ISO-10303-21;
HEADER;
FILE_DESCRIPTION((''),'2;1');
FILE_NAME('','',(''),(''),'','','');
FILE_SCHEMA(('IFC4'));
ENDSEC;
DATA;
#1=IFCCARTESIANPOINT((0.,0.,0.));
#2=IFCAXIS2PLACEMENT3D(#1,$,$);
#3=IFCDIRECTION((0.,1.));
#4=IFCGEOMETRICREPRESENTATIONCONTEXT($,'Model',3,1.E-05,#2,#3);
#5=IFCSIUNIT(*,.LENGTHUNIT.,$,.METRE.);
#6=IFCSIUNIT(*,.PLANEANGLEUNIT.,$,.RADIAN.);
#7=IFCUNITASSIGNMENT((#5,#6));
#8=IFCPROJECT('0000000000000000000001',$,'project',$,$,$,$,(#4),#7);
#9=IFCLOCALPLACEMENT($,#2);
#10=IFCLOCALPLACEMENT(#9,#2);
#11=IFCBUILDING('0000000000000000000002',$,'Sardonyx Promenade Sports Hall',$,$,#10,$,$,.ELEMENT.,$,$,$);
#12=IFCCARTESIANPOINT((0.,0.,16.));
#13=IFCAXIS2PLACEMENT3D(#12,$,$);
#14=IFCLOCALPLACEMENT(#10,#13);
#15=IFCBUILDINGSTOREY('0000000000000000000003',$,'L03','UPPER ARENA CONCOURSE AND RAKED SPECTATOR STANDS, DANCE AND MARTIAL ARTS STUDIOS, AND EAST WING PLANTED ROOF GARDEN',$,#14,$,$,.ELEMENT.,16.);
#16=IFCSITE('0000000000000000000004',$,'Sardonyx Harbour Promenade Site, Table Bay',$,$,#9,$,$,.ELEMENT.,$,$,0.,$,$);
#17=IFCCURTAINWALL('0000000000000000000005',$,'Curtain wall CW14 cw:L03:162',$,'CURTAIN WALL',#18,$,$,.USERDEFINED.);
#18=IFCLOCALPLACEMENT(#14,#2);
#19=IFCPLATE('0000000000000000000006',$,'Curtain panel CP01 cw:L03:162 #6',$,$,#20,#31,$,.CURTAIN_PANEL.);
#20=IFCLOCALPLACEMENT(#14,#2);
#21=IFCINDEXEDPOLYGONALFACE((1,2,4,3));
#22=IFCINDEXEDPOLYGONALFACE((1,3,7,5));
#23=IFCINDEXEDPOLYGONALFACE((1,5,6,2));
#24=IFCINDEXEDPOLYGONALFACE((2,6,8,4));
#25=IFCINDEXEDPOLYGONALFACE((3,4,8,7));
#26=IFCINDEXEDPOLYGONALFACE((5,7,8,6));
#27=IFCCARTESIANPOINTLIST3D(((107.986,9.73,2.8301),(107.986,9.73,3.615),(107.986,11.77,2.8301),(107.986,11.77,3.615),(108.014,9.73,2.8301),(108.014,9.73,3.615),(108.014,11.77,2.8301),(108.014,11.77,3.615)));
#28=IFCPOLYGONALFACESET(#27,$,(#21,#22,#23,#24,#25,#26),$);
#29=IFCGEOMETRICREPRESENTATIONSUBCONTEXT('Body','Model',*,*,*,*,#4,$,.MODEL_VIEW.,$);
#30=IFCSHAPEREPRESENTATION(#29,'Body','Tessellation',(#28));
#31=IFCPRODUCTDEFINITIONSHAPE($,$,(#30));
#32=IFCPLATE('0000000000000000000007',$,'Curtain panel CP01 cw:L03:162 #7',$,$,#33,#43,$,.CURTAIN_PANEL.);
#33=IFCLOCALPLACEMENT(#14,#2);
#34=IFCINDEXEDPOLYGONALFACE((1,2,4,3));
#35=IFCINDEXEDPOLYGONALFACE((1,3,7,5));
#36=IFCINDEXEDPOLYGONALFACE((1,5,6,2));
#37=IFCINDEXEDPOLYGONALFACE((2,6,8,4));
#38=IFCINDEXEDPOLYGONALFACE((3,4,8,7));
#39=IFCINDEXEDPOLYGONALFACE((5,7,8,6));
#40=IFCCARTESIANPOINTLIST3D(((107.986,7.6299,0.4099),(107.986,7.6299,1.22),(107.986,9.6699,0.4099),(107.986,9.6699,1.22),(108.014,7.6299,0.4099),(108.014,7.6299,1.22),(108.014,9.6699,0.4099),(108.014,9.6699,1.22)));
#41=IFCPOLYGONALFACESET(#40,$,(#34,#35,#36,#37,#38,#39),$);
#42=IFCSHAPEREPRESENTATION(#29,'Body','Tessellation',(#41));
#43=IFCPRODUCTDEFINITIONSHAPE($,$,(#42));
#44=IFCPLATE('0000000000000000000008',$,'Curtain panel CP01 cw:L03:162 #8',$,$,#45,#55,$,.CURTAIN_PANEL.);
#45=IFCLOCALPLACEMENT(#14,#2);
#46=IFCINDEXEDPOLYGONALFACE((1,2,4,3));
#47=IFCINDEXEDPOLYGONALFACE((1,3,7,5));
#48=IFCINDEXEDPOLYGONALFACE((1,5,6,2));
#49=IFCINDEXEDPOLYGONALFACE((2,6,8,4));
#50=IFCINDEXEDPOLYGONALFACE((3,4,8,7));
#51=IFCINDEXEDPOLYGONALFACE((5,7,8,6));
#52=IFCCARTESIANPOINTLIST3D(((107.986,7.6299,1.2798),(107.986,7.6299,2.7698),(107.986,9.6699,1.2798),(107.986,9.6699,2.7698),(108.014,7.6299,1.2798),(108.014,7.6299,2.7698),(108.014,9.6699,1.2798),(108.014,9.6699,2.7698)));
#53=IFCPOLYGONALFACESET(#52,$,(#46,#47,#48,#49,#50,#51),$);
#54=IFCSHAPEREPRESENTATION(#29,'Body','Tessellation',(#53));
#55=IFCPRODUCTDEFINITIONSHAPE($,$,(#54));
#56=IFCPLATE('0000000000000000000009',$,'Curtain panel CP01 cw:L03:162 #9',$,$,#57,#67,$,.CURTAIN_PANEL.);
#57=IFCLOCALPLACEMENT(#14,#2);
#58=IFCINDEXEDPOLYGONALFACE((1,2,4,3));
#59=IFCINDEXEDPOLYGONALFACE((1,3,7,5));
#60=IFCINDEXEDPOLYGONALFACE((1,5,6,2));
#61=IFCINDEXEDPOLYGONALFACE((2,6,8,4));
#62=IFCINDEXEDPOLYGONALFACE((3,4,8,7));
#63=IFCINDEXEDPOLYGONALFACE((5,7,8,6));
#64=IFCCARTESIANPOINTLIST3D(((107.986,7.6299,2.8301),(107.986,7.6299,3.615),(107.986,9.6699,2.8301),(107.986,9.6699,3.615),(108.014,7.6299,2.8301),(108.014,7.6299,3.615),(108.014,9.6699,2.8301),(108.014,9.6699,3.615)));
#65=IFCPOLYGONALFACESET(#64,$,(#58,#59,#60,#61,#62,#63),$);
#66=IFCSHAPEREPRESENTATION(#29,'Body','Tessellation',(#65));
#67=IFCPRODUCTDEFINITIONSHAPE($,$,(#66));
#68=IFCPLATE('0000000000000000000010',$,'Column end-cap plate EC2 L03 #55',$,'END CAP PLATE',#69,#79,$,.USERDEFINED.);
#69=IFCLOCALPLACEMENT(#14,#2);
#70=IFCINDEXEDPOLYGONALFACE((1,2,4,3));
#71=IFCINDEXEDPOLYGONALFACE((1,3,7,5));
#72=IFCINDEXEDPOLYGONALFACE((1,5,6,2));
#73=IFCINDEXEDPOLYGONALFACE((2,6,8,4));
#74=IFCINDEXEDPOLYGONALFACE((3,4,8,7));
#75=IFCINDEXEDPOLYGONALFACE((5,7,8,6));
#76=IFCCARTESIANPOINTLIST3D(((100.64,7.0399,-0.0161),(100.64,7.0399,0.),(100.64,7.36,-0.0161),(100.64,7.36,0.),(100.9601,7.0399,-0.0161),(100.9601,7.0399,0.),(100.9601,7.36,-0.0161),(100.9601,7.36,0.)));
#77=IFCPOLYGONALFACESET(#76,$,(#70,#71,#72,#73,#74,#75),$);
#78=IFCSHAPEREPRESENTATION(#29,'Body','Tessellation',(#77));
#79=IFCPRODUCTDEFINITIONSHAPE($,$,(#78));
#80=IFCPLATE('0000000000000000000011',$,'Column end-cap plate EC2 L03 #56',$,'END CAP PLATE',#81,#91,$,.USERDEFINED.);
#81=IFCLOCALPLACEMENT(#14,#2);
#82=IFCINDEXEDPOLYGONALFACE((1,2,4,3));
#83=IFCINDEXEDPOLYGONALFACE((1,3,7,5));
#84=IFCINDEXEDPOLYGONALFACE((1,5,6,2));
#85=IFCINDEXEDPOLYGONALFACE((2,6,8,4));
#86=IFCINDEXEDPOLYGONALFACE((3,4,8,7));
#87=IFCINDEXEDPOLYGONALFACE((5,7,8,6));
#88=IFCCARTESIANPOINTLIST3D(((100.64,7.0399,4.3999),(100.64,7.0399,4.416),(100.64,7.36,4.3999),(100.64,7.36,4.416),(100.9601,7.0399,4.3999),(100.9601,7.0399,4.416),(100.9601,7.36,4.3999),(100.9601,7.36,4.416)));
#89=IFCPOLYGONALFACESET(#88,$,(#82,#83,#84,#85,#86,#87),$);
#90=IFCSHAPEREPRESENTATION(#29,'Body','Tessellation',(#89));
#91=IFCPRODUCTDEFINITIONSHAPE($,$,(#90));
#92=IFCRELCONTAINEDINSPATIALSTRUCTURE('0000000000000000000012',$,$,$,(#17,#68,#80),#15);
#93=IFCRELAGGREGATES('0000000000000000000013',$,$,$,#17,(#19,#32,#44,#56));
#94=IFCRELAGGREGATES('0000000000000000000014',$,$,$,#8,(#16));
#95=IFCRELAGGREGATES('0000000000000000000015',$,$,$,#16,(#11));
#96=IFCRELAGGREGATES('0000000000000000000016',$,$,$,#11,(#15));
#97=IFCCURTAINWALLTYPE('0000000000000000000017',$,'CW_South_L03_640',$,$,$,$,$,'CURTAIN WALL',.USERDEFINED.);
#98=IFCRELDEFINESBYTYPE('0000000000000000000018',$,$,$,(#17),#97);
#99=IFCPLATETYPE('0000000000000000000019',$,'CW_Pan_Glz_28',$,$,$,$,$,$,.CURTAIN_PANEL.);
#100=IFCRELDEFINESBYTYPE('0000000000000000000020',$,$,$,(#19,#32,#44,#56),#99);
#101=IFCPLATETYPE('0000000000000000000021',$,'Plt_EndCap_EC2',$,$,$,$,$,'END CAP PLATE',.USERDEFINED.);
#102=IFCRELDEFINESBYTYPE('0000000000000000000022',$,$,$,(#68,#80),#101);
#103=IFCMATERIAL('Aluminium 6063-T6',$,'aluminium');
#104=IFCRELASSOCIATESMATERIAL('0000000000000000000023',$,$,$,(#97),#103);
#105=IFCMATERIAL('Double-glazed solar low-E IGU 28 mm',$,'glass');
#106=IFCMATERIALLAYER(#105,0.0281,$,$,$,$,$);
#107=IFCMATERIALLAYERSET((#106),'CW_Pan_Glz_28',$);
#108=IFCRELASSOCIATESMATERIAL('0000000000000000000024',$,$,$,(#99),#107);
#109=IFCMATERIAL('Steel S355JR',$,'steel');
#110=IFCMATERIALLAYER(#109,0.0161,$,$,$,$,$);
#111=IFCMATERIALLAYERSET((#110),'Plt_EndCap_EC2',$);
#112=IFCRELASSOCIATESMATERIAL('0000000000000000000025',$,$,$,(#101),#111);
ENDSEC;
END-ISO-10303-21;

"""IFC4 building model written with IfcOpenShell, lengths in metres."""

from ifc_helpers import new_model, si_unit, direction, frame, origin, origin_2d, place, context, subcontext, project, spatial, rectangle, extrude, material, layer, layer_set, type_object, element, aggregate, save


model = new_model("IFC4")

# Units and contexts
model_context = context("Model", 3, precision=1e-05, world=origin(), true_north=direction((0.0, 1.0)))
body_context = subcontext(model_context, "Body", "Model", "MODEL_VIEW")
ifc_project = project(units=[si_unit("LENGTHUNIT", "METRE"), si_unit("PLANEANGLEUNIT", "RADIAN")], contexts=[model_context])

# Site, building, storey
site_placement = place(None, origin())
site = spatial("IfcSite", under=ifc_project, at=site_placement, Name="Sardonyx Harbour Promenade Site, Table Bay", CompositionType="ELEMENT", RefElevation=0.0)
building_placement = place(site_placement, origin())
building = spatial("IfcBuilding", under=site, at=building_placement, Name="Sardonyx Promenade Sports Hall", CompositionType="ELEMENT")
storey_placement = place(building_placement, frame((0.0, 0.0, 16.0)))
storey = spatial("IfcBuildingStorey", under=building, at=storey_placement, Name="L03", Description="UPPER ARENA CONCOURSE AND RAKED SPECTATOR STANDS, DANCE AND MARTIAL ARTS STUDIOS, AND EAST WING PLANTED ROOF GARDEN", CompositionType="ELEMENT", Elevation=16.0)

# Curtain wall, plates
ifc_material_1 = material(Name="Aluminium 6063-T6", Category="aluminium")
curtain_wall_type = type_object("IfcCurtainWallType", Name="CW_South_L03_640", ElementType="CURTAIN WALL", PredefinedType="USERDEFINED", material=ifc_material_1)
curtain_wall_placement = place(storey_placement, origin())
curtain_wall = element("IfcCurtainWall", 1, at=curtain_wall_placement, inside=storey, type_object=curtain_wall_type, Name="Curtain wall CW14 cw:L03:162", ObjectType="CURTAIN WALL", PredefinedType="USERDEFINED")
ifc_material_2 = material(Name="Double-glazed solar low-E IGU 28 mm", Category="glass")
ifc_layer_1 = layer(ifc_material_2, 0.0281)
ifc_layer_set_1 = layer_set([ifc_layer_1], Name="CW_Pan_Glz_28")
plate_type_1 = type_object("IfcPlateType", Name="CW_Pan_Glz_28", PredefinedType="CURTAIN_PANEL", material=ifc_layer_set_1)
plate_1_placement = place(storey_placement, frame((108.0, 10.75, 2.8301), z_axis=(0.0, 0.0, 1.0), x_axis=(0.0, -1.0, 0.0)))
plate_1 = element("IfcPlate", 2, at=plate_1_placement, type_object=plate_type_1, Name="Curtain panel CP01 cw:L03:162 #6", PredefinedType="CURTAIN_PANEL", context=body_context, shape_type="SweptSolid", body=[
    extrude(rectangle(XDim=2.04, YDim=0.0281, at=origin_2d()), origin(), (0.0, 0.0, 1.0), 0.7849),
])
plate_2_placement = place(storey_placement, frame((108.0, 8.6499, 0.4099), z_axis=(0.0, 0.0, 1.0), x_axis=(0.0, -1.0, 0.0)))
plate_2 = element("IfcPlate", 3, at=plate_2_placement, type_object=plate_type_1, Name="Curtain panel CP01 cw:L03:162 #7", PredefinedType="CURTAIN_PANEL", context=body_context, shape_type="SweptSolid", body=[
    extrude(rectangle(XDim=2.04, YDim=0.0281, at=origin_2d()), origin(), (0.0, 0.0, 1.0), 0.8101),
])
plate_3_placement = place(storey_placement, frame((108.0, 8.6499, 1.2798), z_axis=(0.0, 0.0, 1.0), x_axis=(0.0, -1.0, 0.0)))
plate_3 = element("IfcPlate", 4, at=plate_3_placement, type_object=plate_type_1, Name="Curtain panel CP01 cw:L03:162 #8", PredefinedType="CURTAIN_PANEL", context=body_context, shape_type="SweptSolid", body=[
    extrude(rectangle(XDim=2.04, YDim=0.0281, at=origin_2d()), origin(), (0.0, 0.0, 1.0), 1.49),
])
plate_4_placement = place(storey_placement, frame((108.0, 8.6499, 2.8301), z_axis=(0.0, 0.0, 1.0), x_axis=(0.0, -1.0, 0.0)))
plate_4 = element("IfcPlate", 5, at=plate_4_placement, type_object=plate_type_1, Name="Curtain panel CP01 cw:L03:162 #9", PredefinedType="CURTAIN_PANEL", context=body_context, shape_type="SweptSolid", body=[
    extrude(rectangle(XDim=2.04, YDim=0.0281, at=origin_2d()), origin(), (0.0, 0.0, 1.0), 0.7849),
])
aggregate(curtain_wall, [plate_1, plate_2, plate_3, plate_4])

# Plates
ifc_material_3 = material(Name="Steel S355JR", Category="steel")
ifc_layer_2 = layer(ifc_material_3, 0.0161)
ifc_layer_set_2 = layer_set([ifc_layer_2], Name="Plt_EndCap_EC2")
plate_type_2 = type_object("IfcPlateType", Name="Plt_EndCap_EC2", ElementType="END CAP PLATE", PredefinedType="USERDEFINED", material=ifc_layer_set_2)
for number, where, z_axis, x_axis, name in (
    (6, (100.8, 7.2, -0.0161), (0.0, 0.0, 1.0), (1.0, 0.0, 0.0), "Column end-cap plate EC2 L03 #55"),
    (7, (100.8, 7.2, 4.3999), (0.0, 0.0, 1.0), (1.0, 0.0, 0.0), "Column end-cap plate EC2 L03 #56"),
):
    element("IfcPlate", number, at=place(storey_placement, frame(where, z_axis=z_axis, x_axis=x_axis)), inside=storey, type_object=plate_type_2, Name=name, ObjectType="END CAP PLATE", PredefinedType="USERDEFINED", context=body_context, shape_type="SweptSolid", body=[
        extrude(rectangle(XDim=0.3201, YDim=0.3201, at=origin_2d()), origin(), (0.0, 0.0, 1.0), 0.0161),
    ])

save(model, "model.ifc")
